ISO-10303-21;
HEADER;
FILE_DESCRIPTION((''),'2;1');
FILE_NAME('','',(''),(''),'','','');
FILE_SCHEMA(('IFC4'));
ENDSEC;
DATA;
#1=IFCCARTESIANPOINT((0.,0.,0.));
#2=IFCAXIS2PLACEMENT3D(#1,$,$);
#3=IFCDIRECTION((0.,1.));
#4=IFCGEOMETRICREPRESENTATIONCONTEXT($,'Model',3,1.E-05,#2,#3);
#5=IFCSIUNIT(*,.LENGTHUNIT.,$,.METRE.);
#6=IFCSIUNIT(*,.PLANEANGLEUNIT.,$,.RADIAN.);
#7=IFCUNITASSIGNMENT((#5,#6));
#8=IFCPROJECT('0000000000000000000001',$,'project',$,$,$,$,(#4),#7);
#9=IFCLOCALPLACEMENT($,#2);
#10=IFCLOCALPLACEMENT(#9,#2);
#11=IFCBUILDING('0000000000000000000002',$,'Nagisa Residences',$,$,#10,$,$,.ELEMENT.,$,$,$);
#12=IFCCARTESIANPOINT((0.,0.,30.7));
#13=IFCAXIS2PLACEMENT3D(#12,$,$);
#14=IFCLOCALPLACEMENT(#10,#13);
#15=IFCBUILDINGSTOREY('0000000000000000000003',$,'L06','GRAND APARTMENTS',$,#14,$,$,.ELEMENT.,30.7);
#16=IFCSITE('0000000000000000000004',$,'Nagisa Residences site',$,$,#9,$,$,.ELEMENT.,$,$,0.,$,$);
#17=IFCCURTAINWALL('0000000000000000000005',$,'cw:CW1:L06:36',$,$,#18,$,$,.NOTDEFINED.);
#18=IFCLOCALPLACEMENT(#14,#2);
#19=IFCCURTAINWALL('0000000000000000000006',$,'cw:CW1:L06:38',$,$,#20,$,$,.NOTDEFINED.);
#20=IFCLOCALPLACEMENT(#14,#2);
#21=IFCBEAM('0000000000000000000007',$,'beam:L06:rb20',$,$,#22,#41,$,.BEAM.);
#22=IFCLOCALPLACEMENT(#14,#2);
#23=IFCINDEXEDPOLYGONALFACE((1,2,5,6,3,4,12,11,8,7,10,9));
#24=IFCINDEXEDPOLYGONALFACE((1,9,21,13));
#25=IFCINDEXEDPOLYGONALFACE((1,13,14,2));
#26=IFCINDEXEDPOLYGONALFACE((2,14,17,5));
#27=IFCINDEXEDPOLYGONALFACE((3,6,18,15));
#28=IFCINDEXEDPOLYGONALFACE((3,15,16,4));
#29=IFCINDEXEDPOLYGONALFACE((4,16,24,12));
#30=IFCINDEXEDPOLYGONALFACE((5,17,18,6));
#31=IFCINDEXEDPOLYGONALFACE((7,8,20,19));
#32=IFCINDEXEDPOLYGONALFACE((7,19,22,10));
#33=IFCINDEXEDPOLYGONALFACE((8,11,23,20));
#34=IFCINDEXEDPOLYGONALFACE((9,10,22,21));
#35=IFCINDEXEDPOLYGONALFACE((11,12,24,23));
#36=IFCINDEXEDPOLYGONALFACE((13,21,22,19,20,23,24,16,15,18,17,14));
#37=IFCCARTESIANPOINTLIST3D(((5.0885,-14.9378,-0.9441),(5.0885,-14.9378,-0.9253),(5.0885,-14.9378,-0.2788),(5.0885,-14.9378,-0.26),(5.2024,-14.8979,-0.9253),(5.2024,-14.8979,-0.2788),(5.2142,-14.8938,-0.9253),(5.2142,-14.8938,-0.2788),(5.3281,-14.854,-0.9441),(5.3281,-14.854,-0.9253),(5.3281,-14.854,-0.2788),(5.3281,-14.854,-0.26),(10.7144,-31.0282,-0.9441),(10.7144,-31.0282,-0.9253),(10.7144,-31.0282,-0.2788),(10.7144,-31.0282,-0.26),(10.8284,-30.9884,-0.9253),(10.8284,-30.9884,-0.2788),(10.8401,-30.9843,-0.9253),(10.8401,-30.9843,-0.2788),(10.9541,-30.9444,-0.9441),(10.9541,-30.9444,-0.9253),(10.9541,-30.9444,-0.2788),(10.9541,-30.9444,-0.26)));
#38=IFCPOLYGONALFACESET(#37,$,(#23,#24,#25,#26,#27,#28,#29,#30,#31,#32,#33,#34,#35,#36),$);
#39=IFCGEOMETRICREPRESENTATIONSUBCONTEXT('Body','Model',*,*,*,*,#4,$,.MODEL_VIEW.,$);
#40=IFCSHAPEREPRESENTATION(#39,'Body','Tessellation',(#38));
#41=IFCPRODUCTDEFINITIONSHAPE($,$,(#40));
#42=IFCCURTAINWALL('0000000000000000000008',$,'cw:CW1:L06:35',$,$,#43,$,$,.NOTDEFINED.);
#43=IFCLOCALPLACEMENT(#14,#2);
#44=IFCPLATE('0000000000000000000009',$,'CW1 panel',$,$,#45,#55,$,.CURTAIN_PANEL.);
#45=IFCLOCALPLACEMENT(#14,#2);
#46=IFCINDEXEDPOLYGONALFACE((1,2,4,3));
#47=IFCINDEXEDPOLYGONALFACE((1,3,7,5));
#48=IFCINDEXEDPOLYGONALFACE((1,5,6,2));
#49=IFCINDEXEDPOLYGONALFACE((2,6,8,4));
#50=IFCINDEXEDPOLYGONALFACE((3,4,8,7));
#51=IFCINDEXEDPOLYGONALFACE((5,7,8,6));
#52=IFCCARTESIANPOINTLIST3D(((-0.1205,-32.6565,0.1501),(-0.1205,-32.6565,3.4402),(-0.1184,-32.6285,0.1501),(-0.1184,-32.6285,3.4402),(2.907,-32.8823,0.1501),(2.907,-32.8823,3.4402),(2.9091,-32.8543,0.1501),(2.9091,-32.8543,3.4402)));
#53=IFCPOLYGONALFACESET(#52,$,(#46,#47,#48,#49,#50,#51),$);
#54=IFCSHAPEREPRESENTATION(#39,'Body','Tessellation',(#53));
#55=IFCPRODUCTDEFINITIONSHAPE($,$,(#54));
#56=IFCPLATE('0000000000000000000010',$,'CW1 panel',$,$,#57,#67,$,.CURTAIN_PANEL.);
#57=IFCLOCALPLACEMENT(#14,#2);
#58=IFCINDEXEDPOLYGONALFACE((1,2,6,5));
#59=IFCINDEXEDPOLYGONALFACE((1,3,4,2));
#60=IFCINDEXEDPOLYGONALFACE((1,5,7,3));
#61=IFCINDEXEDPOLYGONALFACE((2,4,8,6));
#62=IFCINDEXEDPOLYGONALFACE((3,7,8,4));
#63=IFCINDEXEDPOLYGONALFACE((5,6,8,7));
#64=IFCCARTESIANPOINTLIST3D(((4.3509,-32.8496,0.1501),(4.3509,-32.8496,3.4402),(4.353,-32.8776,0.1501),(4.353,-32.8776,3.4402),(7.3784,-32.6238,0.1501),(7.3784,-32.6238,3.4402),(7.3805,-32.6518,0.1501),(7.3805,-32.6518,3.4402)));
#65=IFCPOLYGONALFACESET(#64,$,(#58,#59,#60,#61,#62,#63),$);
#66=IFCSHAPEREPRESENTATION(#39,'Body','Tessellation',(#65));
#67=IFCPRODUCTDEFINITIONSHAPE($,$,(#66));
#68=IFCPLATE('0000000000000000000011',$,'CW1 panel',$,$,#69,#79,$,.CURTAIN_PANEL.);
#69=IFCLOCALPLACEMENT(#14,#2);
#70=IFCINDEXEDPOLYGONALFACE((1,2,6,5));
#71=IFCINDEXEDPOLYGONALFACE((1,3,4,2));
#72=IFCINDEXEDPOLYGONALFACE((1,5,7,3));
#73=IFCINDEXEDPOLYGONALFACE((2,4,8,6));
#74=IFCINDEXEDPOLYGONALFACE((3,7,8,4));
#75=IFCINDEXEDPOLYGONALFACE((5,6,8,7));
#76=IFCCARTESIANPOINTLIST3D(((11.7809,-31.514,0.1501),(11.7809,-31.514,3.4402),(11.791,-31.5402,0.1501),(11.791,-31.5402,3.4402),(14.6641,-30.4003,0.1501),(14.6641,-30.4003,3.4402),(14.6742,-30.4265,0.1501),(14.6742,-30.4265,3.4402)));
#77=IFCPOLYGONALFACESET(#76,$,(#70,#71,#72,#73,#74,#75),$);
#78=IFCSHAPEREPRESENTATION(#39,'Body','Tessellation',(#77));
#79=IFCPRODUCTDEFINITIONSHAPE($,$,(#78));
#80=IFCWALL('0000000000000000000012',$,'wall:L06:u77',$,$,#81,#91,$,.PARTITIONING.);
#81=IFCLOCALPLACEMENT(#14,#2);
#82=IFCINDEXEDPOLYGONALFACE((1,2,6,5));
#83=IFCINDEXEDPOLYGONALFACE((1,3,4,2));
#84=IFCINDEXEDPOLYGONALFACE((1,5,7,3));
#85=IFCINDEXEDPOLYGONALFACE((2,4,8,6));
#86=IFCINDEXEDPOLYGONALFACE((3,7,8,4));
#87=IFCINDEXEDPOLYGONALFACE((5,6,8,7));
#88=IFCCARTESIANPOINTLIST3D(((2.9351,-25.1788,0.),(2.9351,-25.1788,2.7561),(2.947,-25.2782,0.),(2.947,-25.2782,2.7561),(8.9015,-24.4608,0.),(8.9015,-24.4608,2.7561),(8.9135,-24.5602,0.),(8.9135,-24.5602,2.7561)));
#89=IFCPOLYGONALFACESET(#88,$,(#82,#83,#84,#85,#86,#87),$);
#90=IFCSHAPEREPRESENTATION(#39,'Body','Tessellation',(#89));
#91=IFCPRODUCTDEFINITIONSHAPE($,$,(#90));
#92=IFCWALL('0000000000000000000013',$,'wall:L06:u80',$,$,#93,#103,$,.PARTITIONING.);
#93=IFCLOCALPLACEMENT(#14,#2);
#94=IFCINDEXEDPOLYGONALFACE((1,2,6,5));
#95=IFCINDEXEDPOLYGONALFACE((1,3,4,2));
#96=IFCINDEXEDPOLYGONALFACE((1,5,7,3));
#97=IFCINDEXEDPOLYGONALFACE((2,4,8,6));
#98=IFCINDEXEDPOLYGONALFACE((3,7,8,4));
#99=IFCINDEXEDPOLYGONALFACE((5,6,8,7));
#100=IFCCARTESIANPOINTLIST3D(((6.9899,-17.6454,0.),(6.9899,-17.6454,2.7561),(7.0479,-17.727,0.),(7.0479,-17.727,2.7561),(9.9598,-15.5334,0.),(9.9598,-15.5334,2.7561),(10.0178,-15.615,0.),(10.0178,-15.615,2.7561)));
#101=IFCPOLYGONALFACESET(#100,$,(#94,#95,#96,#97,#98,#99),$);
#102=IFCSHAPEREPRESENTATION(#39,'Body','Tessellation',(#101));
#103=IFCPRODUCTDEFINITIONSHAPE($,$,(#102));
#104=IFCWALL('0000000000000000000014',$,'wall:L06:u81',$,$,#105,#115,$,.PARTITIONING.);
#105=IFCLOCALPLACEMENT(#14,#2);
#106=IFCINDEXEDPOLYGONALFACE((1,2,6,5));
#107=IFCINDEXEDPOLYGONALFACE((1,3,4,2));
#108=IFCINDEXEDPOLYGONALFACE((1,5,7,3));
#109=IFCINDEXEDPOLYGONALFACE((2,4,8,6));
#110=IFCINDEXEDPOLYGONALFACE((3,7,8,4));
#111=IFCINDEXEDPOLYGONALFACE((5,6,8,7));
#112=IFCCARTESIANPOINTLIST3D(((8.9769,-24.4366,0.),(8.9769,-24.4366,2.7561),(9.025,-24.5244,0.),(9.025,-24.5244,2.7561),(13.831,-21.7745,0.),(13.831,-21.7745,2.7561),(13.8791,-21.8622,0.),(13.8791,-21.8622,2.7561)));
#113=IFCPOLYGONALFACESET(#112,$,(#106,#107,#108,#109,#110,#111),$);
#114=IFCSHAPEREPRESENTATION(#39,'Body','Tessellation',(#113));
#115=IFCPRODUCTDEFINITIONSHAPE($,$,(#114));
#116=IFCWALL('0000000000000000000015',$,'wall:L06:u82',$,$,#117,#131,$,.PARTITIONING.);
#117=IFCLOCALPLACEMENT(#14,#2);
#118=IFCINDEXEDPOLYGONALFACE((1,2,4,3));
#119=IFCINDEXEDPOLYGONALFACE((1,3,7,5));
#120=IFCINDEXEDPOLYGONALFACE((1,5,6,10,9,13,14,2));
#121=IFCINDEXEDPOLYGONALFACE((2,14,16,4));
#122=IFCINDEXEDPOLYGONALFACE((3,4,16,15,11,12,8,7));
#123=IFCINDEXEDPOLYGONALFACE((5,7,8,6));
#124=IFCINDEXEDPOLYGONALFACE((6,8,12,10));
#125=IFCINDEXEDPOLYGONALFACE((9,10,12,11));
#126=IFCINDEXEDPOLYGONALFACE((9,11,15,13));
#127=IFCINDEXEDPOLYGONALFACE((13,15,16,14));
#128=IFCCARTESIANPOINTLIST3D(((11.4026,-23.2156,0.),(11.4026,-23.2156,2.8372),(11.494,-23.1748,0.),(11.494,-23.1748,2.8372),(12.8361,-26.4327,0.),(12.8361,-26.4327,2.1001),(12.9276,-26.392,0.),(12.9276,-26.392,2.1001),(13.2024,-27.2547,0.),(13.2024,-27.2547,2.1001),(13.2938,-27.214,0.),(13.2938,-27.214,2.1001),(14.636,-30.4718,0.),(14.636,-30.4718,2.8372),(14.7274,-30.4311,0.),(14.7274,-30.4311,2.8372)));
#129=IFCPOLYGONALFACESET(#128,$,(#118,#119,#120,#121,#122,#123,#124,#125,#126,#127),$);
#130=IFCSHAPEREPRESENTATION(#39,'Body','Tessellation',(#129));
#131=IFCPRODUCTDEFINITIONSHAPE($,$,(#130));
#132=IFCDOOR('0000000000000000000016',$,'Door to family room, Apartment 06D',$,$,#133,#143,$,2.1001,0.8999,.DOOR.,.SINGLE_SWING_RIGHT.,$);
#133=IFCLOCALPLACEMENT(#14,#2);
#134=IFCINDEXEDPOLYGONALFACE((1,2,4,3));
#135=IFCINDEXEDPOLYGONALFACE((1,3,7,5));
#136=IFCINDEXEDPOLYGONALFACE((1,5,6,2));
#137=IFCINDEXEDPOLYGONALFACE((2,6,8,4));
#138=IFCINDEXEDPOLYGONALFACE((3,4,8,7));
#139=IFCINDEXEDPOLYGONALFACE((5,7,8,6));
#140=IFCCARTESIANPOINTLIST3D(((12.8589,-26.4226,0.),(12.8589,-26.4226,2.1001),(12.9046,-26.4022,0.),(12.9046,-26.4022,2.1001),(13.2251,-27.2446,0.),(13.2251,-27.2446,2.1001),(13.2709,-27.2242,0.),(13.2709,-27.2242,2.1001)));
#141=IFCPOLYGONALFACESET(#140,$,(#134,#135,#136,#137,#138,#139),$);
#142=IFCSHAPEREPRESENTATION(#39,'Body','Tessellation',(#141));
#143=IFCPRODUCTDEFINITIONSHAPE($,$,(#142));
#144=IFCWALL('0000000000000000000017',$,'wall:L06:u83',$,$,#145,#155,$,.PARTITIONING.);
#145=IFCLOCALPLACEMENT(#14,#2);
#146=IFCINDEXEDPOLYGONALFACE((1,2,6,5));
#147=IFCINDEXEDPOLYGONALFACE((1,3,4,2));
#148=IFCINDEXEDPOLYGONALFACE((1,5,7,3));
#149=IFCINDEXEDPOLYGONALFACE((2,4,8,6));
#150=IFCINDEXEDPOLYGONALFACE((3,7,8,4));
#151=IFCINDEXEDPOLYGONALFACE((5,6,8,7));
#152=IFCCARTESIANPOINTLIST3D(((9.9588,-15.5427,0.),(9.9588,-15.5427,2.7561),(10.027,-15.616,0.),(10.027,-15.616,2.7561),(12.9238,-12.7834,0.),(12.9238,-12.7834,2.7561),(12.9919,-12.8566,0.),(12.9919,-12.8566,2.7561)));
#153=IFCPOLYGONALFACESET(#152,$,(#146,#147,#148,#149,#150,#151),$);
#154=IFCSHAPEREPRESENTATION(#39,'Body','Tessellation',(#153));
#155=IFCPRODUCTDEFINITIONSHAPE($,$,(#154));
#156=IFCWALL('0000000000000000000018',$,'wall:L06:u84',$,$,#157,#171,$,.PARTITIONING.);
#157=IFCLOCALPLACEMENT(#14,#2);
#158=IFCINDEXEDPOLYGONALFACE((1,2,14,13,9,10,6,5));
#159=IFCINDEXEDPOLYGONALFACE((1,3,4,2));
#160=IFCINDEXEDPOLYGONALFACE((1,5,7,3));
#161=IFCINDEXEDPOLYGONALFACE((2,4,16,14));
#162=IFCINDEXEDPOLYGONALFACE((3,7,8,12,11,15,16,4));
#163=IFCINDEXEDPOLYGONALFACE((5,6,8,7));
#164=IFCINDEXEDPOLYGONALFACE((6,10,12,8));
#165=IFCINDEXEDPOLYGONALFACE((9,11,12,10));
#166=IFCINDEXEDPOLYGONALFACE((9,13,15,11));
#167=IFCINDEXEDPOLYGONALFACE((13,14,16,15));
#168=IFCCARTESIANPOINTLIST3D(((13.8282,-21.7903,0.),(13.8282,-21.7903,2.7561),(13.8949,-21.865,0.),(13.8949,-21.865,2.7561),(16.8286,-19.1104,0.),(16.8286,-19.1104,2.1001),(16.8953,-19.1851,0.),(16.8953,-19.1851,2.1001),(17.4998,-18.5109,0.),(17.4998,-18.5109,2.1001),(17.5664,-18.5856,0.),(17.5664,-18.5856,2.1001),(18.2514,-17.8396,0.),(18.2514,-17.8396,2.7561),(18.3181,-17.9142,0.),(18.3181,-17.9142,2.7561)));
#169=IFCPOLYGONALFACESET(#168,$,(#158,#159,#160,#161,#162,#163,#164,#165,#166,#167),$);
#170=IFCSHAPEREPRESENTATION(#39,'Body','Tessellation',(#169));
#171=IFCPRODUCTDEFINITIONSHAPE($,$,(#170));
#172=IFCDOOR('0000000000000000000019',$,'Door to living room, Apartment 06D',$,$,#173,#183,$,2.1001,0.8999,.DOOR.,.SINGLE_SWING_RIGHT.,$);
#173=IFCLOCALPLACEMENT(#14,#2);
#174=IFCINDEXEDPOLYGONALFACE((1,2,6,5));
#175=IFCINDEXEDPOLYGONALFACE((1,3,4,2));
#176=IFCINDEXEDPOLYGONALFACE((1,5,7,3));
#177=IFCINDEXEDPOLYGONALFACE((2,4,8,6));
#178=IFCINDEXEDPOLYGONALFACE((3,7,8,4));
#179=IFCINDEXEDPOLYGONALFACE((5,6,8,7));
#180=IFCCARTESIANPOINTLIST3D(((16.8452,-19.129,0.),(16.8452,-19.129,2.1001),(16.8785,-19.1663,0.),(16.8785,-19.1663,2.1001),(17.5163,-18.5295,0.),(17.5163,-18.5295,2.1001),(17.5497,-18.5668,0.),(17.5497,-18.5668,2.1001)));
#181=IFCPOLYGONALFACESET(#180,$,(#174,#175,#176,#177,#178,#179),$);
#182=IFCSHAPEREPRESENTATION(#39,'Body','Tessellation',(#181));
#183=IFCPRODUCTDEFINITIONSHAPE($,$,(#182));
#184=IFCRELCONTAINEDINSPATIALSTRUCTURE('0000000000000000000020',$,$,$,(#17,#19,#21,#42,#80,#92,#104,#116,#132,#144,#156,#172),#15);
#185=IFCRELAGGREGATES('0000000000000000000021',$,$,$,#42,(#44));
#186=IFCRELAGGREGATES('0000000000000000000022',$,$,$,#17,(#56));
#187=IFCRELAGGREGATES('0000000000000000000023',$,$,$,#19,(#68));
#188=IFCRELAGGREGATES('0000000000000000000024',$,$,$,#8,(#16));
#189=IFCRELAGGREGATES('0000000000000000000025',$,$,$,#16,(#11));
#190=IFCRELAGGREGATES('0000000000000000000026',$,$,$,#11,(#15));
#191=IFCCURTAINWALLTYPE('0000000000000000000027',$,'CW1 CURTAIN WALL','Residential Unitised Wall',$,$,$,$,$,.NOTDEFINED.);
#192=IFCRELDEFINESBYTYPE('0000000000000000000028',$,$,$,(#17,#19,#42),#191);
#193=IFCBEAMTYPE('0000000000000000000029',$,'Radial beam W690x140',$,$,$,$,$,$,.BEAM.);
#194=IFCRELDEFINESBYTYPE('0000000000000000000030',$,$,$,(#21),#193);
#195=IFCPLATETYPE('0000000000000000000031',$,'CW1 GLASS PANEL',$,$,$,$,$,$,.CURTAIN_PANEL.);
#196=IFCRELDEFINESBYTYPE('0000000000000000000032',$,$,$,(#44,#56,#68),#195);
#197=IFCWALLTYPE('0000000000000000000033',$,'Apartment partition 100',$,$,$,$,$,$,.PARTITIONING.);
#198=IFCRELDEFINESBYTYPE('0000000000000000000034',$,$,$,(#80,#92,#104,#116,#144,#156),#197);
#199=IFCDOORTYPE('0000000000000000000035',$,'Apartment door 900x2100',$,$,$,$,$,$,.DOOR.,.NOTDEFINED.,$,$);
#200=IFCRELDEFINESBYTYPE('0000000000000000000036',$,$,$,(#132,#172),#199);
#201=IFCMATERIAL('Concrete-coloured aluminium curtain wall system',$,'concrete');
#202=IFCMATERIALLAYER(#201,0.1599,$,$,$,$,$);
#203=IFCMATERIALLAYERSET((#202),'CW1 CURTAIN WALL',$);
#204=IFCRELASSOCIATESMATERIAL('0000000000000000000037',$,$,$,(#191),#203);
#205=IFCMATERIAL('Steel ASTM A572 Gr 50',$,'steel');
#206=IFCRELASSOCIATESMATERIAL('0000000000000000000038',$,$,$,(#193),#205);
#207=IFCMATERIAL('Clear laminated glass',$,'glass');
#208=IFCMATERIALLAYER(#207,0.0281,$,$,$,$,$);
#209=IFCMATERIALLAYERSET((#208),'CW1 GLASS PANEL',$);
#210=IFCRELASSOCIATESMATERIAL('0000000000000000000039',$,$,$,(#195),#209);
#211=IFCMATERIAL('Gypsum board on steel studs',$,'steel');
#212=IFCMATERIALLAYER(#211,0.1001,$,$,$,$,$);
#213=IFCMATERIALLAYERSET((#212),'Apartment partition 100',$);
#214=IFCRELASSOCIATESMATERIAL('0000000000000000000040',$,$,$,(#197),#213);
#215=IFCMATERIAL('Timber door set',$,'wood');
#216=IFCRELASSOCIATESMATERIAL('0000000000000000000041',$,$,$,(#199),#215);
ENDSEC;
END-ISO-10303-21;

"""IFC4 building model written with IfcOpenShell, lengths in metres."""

from ifc_helpers import new_model, si_unit, direction, frame, frame_2d, origin, origin_2d, place, context, subcontext, project, spatial, rectangle, i_section, extrude, material, layer, layer_set, material_profile, profile_set, type_object, element, fill, aggregate, save


model = new_model("IFC4")

# Units and contexts
model_context = context("Model", 3, precision=1e-05, world=origin(), true_north=direction((0.0, 1.0)))
body_context = subcontext(model_context, "Body", "Model", "MODEL_VIEW")
ifc_project = project(units=[si_unit("LENGTHUNIT", "METRE"), si_unit("PLANEANGLEUNIT", "RADIAN")], contexts=[model_context])

# Site, building, storey
site_placement = place(None, origin())
site = spatial("IfcSite", under=ifc_project, at=site_placement, Name="Nagisa Residences site", CompositionType="ELEMENT", RefElevation=0.0)
building_placement = place(site_placement, origin())
building = spatial("IfcBuilding", under=site, at=building_placement, Name="Nagisa Residences", CompositionType="ELEMENT")
storey_placement = place(building_placement, frame((0.0, 0.0, 30.7)))
storey = spatial("IfcBuildingStorey", under=building, at=storey_placement, Name="L06", Description="GRAND APARTMENTS", CompositionType="ELEMENT", Elevation=30.7)

# Curtain walls
ifc_material_1 = material(Name="Concrete-coloured aluminium curtain wall system", Category="concrete")
ifc_layer_1 = layer(ifc_material_1, 0.1599)
ifc_layer_set_1 = layer_set([ifc_layer_1], Name="CW1 CURTAIN WALL")
curtain_wall_type = type_object("IfcCurtainWallType", Name="CW1 CURTAIN WALL", Description="Residential Unitised Wall", PredefinedType="NOTDEFINED", material=ifc_layer_set_1)
curtain_wall_1_placement = place(storey_placement, origin())
curtain_wall_1 = element("IfcCurtainWall", 1, at=curtain_wall_1_placement, inside=storey, type_object=curtain_wall_type, Name="cw:CW1:L06:36", PredefinedType="NOTDEFINED")
curtain_wall_2_placement = place(storey_placement, origin())
curtain_wall_2 = element("IfcCurtainWall", 2, at=curtain_wall_2_placement, inside=storey, type_object=curtain_wall_type, Name="cw:CW1:L06:38", PredefinedType="NOTDEFINED")

# Beam
ifc_material_2 = material(Name="Steel ASTM A572 Gr 50", Category="steel")
ifc_material_profile_1 = material_profile(ifc_material_2, i_section(OverallWidth=0.2539, OverallDepth=0.6841, WebThickness=0.0125, FlangeThickness=0.0188, at=origin_2d()), Name="W690x140")
ifc_profile_set_1 = profile_set([ifc_material_profile_1], Name="Steel ASTM A572 Gr 50")
beam_type_1 = type_object("IfcBeamType", Name="Radial beam W690x140", PredefinedType="BEAM", material=ifc_profile_set_1)
beam_1_placement = place(storey_placement, frame((10.8342, -30.9863, -0.6021), z_axis=(-0.330051, 0.943963, 0.0), x_axis=(-0.943963, -0.330051, 0.0)))
element("IfcBeam", 3, at=beam_1_placement, inside=storey, type_object=beam_type_1, Name="beam:L06:rb20", PredefinedType="BEAM", context=body_context, shape_type="SweptSolid", body=[
    extrude(i_section(OverallWidth=0.2539, OverallDepth=0.6841, WebThickness=0.0125, FlangeThickness=0.0188, at=origin_2d()), origin(), (0.0, 0.0, 1.0), 17.0457),
])

# Curtain wall, plate
curtain_wall_3_placement = place(storey_placement, origin())
curtain_wall_3 = element("IfcCurtainWall", 4, at=curtain_wall_3_placement, inside=storey, type_object=curtain_wall_type, Name="cw:CW1:L06:35", PredefinedType="NOTDEFINED")
ifc_material_3 = material(Name="Clear laminated glass", Category="glass")
ifc_layer_2 = layer(ifc_material_3, 0.0281)
ifc_layer_set_2 = layer_set([ifc_layer_2], Name="CW1 GLASS PANEL")
plate_type = type_object("IfcPlateType", Name="CW1 GLASS PANEL", PredefinedType="CURTAIN_PANEL", material=ifc_layer_set_2)
plate_1_placement = place(storey_placement, frame((1.3943, -32.7554, 0.1501), z_axis=(0.0, 0.0, 1.0), x_axis=(0.99723, -0.074377, 0.0)))
plate_1 = element("IfcPlate", 5, at=plate_1_placement, type_object=plate_type, Name="CW1 panel", PredefinedType="CURTAIN_PANEL", context=body_context, shape_type="SweptSolid", body=[
    extrude(rectangle(XDim=3.0359, YDim=0.0281, at=origin_2d()), origin(), (0.0, 0.0, 1.0), 3.29),
])
aggregate(curtain_wall_3, [plate_1])

# Plates
plate_2_placement = place(storey_placement, frame((5.8657, -32.7507, 0.1501), z_axis=(0.0, 0.0, 1.0), x_axis=(0.99723, 0.074377, 0.0)))
plate_2 = element("IfcPlate", 6, at=plate_2_placement, type_object=plate_type, Name="CW1 panel", PredefinedType="CURTAIN_PANEL", context=body_context, shape_type="SweptSolid", body=[
    extrude(rectangle(XDim=3.0359, YDim=0.0281, at=origin_2d()), origin(), (0.0, 0.0, 1.0), 3.29),
])
aggregate(curtain_wall_1, [plate_2])
plate_3_placement = place(storey_placement, frame((13.2275, -30.9702, 0.1501), z_axis=(0.0, 0.0, 1.0), x_axis=(0.932826, 0.360328, 0.0)))
plate_3 = element("IfcPlate", 7, at=plate_3_placement, type_object=plate_type, Name="CW1 panel", PredefinedType="CURTAIN_PANEL", context=body_context, shape_type="SweptSolid", body=[
    extrude(rectangle(XDim=3.0908, YDim=0.0281, at=origin_2d()), origin(), (0.0, 0.0, 1.0), 3.29),
])
aggregate(curtain_wall_2, [plate_3])

# Walls
ifc_material_4 = material(Name="Gypsum board on steel studs", Category="steel")
ifc_layer_3 = layer(ifc_material_4, 0.1001)
ifc_layer_set_3 = layer_set([ifc_layer_3], Name="Apartment partition 100")
wall_type_1 = type_object("IfcWallType", Name="Apartment partition 100", PredefinedType="PARTITIONING", material=ifc_layer_set_3)
wall_1_placement = place(storey_placement, frame((2.9409, -25.2285, 0.0), z_axis=(0.0, 0.0, 1.0), x_axis=(0.992837, 0.119478, 0.0)))
element("IfcWall", 8, at=wall_1_placement, inside=storey, type_object=wall_type_1, Name="wall:L06:u77", PredefinedType="PARTITIONING", context=body_context, shape_type="SweptSolid", body=[
    extrude(rectangle(XDim=6.0095, YDim=0.1001, at=frame_2d((3.0049, 0.0))), origin(), (0.0, 0.0, 1.0), 2.7561),
])
wall_2_placement = place(storey_placement, frame((7.0188, -17.6863, 0.0), z_axis=(0.0, 0.0, 1.0), x_axis=(0.814945, 0.579539, 0.0)))
element("IfcWall", 9, at=wall_2_placement, inside=storey, type_object=wall_type_1, Name="wall:L06:u80", PredefinedType="PARTITIONING", context=body_context, shape_type="SweptSolid", body=[
    extrude(rectangle(XDim=3.6443, YDim=0.1001, at=frame_2d((1.8223, 0.0))), origin(), (0.0, 0.0, 1.0), 2.7561),
])
wall_3_placement = place(storey_placement, frame((9.001, -24.4805, 0.0), z_axis=(0.0, 0.0, 1.0), x_axis=(0.876794, 0.480865, 0.0)))
element("IfcWall", 10, at=wall_3_placement, inside=storey, type_object=wall_type_1, Name="wall:L06:u81", PredefinedType="PARTITIONING", context=body_context, shape_type="SweptSolid", body=[
    extrude(rectangle(XDim=5.5361, YDim=0.1001, at=frame_2d((2.7681, 0.0))), origin(), (0.0, 0.0, 1.0), 2.7561),
])

# Wall, opening, door
wall_4_placement = place(storey_placement, frame((11.4482, -23.1951, 0.0), z_axis=(0.0, 0.0, 1.0), x_axis=(0.407017, -0.913421, 0.0)))
wall_4 = element("IfcWall", 11, at=wall_4_placement, inside=storey, type_object=wall_type_1, Name="wall:L06:u82", PredefinedType="PARTITIONING", context=body_context, shape_type="SweptSolid", body=[
    extrude(rectangle(XDim=7.9441, YDim=0.1001, at=frame_2d((3.9722, 0.0))), origin(), (0.0, 0.0, 1.0), 2.8372),
])
opening_1_placement = place(wall_4_placement, frame((3.5222, 0.0, 0.0)))
opening_1 = element("IfcOpeningElement", 12, at=opening_1_placement, cuts=wall_4, PredefinedType="OPENING", context=body_context, shape_type="SweptSolid", body=[
    extrude(rectangle(XDim=0.8999, YDim=2.1001, at=frame_2d((0.45, 1.05))), frame((0.0, 0.0601, 0.0), z_axis=(0.0, -1.0, 0.0), x_axis=(1.0, 0.0, 0.0)), (0.0, 0.0, 1.0), 0.1201),
])
ifc_material_5 = material(Name="Timber door set", Category="wood")
door_type_1 = type_object("IfcDoorType", Name="Apartment door 900x2100", OperationType="NOTDEFINED", PredefinedType="DOOR", material=ifc_material_5)
door_1_placement = place(opening_1_placement, origin())
door_1 = element("IfcDoor", 13, at=door_1_placement, inside=storey, type_object=door_type_1, Name="Door to family room, Apartment 06D", OperationType="SINGLE_SWING_RIGHT", OverallHeight=2.1001, OverallWidth=0.8999, PredefinedType="DOOR", context=body_context, shape_type="SweptSolid", body=[
    extrude(rectangle(XDim=0.8999, YDim=2.1001, at=frame_2d((0.45, 1.05))), frame((0.0, 0.0249, 0.0), z_axis=(0.0, -1.0, 0.0), x_axis=(1.0, 0.0, 0.0)), (0.0, 0.0, 1.0), 0.05),
])
fill(opening_1, door_1)

# Wall
wall_5_placement = place(storey_placement, frame((9.9929, -15.5793, 0.0), z_axis=(0.0, 0.0, 1.0), x_axis=(0.732029, 0.681274, 0.0)))
element("IfcWall", 14, at=wall_5_placement, inside=storey, type_object=wall_type_1, Name="wall:L06:u83", PredefinedType="PARTITIONING", context=body_context, shape_type="SweptSolid", body=[
    extrude(rectangle(XDim=4.0503, YDim=0.1001, at=frame_2d((2.0251, 0.0))), origin(), (0.0, 0.0, 1.0), 2.7561),
])

# Wall, opening, door
wall_6_placement = place(storey_placement, frame((13.8616, -21.8276, 0.0), z_axis=(0.0, 0.0, 1.0), x_axis=(0.745813, 0.666156, 0.0)))
wall_6 = element("IfcWall", 15, at=wall_6_placement, inside=storey, type_object=wall_type_1, Name="wall:L06:u84", PredefinedType="PARTITIONING", context=body_context, shape_type="SweptSolid", body=[
    extrude(rectangle(XDim=5.9307, YDim=0.1001, at=frame_2d((2.9653, 0.0))), origin(), (0.0, 0.0, 1.0), 2.7561),
])
opening_2_placement = place(wall_6_placement, frame((4.0229, 0.0, 0.0)))
opening_2 = element("IfcOpeningElement", 16, at=opening_2_placement, cuts=wall_6, PredefinedType="OPENING", context=body_context, shape_type="SweptSolid", body=[
    extrude(rectangle(XDim=0.8999, YDim=2.1001, at=frame_2d((0.45, 1.05))), frame((0.0, 0.0601, 0.0), z_axis=(0.0, -1.0, 0.0), x_axis=(1.0, 0.0, 0.0)), (0.0, 0.0, 1.0), 0.1201),
])
door_2_placement = place(opening_2_placement, frame((0.8999, 0.0, 0.0), x_axis=(-1.0, 0.0, 0.0)))
door_2 = element("IfcDoor", 17, at=door_2_placement, inside=storey, type_object=door_type_1, Name="Door to living room, Apartment 06D", OperationType="SINGLE_SWING_RIGHT", OverallHeight=2.1001, OverallWidth=0.8999, PredefinedType="DOOR", context=body_context, shape_type="SweptSolid", body=[
    extrude(rectangle(XDim=0.8999, YDim=2.1001, at=frame_2d((0.45, 1.05))), frame((0.0, 0.0249, 0.0), z_axis=(0.0, -1.0, 0.0), x_axis=(1.0, 0.0, 0.0)), (0.0, 0.0, 1.0), 0.05),
])
fill(opening_2, door_2)

save(model, "model.ifc")
